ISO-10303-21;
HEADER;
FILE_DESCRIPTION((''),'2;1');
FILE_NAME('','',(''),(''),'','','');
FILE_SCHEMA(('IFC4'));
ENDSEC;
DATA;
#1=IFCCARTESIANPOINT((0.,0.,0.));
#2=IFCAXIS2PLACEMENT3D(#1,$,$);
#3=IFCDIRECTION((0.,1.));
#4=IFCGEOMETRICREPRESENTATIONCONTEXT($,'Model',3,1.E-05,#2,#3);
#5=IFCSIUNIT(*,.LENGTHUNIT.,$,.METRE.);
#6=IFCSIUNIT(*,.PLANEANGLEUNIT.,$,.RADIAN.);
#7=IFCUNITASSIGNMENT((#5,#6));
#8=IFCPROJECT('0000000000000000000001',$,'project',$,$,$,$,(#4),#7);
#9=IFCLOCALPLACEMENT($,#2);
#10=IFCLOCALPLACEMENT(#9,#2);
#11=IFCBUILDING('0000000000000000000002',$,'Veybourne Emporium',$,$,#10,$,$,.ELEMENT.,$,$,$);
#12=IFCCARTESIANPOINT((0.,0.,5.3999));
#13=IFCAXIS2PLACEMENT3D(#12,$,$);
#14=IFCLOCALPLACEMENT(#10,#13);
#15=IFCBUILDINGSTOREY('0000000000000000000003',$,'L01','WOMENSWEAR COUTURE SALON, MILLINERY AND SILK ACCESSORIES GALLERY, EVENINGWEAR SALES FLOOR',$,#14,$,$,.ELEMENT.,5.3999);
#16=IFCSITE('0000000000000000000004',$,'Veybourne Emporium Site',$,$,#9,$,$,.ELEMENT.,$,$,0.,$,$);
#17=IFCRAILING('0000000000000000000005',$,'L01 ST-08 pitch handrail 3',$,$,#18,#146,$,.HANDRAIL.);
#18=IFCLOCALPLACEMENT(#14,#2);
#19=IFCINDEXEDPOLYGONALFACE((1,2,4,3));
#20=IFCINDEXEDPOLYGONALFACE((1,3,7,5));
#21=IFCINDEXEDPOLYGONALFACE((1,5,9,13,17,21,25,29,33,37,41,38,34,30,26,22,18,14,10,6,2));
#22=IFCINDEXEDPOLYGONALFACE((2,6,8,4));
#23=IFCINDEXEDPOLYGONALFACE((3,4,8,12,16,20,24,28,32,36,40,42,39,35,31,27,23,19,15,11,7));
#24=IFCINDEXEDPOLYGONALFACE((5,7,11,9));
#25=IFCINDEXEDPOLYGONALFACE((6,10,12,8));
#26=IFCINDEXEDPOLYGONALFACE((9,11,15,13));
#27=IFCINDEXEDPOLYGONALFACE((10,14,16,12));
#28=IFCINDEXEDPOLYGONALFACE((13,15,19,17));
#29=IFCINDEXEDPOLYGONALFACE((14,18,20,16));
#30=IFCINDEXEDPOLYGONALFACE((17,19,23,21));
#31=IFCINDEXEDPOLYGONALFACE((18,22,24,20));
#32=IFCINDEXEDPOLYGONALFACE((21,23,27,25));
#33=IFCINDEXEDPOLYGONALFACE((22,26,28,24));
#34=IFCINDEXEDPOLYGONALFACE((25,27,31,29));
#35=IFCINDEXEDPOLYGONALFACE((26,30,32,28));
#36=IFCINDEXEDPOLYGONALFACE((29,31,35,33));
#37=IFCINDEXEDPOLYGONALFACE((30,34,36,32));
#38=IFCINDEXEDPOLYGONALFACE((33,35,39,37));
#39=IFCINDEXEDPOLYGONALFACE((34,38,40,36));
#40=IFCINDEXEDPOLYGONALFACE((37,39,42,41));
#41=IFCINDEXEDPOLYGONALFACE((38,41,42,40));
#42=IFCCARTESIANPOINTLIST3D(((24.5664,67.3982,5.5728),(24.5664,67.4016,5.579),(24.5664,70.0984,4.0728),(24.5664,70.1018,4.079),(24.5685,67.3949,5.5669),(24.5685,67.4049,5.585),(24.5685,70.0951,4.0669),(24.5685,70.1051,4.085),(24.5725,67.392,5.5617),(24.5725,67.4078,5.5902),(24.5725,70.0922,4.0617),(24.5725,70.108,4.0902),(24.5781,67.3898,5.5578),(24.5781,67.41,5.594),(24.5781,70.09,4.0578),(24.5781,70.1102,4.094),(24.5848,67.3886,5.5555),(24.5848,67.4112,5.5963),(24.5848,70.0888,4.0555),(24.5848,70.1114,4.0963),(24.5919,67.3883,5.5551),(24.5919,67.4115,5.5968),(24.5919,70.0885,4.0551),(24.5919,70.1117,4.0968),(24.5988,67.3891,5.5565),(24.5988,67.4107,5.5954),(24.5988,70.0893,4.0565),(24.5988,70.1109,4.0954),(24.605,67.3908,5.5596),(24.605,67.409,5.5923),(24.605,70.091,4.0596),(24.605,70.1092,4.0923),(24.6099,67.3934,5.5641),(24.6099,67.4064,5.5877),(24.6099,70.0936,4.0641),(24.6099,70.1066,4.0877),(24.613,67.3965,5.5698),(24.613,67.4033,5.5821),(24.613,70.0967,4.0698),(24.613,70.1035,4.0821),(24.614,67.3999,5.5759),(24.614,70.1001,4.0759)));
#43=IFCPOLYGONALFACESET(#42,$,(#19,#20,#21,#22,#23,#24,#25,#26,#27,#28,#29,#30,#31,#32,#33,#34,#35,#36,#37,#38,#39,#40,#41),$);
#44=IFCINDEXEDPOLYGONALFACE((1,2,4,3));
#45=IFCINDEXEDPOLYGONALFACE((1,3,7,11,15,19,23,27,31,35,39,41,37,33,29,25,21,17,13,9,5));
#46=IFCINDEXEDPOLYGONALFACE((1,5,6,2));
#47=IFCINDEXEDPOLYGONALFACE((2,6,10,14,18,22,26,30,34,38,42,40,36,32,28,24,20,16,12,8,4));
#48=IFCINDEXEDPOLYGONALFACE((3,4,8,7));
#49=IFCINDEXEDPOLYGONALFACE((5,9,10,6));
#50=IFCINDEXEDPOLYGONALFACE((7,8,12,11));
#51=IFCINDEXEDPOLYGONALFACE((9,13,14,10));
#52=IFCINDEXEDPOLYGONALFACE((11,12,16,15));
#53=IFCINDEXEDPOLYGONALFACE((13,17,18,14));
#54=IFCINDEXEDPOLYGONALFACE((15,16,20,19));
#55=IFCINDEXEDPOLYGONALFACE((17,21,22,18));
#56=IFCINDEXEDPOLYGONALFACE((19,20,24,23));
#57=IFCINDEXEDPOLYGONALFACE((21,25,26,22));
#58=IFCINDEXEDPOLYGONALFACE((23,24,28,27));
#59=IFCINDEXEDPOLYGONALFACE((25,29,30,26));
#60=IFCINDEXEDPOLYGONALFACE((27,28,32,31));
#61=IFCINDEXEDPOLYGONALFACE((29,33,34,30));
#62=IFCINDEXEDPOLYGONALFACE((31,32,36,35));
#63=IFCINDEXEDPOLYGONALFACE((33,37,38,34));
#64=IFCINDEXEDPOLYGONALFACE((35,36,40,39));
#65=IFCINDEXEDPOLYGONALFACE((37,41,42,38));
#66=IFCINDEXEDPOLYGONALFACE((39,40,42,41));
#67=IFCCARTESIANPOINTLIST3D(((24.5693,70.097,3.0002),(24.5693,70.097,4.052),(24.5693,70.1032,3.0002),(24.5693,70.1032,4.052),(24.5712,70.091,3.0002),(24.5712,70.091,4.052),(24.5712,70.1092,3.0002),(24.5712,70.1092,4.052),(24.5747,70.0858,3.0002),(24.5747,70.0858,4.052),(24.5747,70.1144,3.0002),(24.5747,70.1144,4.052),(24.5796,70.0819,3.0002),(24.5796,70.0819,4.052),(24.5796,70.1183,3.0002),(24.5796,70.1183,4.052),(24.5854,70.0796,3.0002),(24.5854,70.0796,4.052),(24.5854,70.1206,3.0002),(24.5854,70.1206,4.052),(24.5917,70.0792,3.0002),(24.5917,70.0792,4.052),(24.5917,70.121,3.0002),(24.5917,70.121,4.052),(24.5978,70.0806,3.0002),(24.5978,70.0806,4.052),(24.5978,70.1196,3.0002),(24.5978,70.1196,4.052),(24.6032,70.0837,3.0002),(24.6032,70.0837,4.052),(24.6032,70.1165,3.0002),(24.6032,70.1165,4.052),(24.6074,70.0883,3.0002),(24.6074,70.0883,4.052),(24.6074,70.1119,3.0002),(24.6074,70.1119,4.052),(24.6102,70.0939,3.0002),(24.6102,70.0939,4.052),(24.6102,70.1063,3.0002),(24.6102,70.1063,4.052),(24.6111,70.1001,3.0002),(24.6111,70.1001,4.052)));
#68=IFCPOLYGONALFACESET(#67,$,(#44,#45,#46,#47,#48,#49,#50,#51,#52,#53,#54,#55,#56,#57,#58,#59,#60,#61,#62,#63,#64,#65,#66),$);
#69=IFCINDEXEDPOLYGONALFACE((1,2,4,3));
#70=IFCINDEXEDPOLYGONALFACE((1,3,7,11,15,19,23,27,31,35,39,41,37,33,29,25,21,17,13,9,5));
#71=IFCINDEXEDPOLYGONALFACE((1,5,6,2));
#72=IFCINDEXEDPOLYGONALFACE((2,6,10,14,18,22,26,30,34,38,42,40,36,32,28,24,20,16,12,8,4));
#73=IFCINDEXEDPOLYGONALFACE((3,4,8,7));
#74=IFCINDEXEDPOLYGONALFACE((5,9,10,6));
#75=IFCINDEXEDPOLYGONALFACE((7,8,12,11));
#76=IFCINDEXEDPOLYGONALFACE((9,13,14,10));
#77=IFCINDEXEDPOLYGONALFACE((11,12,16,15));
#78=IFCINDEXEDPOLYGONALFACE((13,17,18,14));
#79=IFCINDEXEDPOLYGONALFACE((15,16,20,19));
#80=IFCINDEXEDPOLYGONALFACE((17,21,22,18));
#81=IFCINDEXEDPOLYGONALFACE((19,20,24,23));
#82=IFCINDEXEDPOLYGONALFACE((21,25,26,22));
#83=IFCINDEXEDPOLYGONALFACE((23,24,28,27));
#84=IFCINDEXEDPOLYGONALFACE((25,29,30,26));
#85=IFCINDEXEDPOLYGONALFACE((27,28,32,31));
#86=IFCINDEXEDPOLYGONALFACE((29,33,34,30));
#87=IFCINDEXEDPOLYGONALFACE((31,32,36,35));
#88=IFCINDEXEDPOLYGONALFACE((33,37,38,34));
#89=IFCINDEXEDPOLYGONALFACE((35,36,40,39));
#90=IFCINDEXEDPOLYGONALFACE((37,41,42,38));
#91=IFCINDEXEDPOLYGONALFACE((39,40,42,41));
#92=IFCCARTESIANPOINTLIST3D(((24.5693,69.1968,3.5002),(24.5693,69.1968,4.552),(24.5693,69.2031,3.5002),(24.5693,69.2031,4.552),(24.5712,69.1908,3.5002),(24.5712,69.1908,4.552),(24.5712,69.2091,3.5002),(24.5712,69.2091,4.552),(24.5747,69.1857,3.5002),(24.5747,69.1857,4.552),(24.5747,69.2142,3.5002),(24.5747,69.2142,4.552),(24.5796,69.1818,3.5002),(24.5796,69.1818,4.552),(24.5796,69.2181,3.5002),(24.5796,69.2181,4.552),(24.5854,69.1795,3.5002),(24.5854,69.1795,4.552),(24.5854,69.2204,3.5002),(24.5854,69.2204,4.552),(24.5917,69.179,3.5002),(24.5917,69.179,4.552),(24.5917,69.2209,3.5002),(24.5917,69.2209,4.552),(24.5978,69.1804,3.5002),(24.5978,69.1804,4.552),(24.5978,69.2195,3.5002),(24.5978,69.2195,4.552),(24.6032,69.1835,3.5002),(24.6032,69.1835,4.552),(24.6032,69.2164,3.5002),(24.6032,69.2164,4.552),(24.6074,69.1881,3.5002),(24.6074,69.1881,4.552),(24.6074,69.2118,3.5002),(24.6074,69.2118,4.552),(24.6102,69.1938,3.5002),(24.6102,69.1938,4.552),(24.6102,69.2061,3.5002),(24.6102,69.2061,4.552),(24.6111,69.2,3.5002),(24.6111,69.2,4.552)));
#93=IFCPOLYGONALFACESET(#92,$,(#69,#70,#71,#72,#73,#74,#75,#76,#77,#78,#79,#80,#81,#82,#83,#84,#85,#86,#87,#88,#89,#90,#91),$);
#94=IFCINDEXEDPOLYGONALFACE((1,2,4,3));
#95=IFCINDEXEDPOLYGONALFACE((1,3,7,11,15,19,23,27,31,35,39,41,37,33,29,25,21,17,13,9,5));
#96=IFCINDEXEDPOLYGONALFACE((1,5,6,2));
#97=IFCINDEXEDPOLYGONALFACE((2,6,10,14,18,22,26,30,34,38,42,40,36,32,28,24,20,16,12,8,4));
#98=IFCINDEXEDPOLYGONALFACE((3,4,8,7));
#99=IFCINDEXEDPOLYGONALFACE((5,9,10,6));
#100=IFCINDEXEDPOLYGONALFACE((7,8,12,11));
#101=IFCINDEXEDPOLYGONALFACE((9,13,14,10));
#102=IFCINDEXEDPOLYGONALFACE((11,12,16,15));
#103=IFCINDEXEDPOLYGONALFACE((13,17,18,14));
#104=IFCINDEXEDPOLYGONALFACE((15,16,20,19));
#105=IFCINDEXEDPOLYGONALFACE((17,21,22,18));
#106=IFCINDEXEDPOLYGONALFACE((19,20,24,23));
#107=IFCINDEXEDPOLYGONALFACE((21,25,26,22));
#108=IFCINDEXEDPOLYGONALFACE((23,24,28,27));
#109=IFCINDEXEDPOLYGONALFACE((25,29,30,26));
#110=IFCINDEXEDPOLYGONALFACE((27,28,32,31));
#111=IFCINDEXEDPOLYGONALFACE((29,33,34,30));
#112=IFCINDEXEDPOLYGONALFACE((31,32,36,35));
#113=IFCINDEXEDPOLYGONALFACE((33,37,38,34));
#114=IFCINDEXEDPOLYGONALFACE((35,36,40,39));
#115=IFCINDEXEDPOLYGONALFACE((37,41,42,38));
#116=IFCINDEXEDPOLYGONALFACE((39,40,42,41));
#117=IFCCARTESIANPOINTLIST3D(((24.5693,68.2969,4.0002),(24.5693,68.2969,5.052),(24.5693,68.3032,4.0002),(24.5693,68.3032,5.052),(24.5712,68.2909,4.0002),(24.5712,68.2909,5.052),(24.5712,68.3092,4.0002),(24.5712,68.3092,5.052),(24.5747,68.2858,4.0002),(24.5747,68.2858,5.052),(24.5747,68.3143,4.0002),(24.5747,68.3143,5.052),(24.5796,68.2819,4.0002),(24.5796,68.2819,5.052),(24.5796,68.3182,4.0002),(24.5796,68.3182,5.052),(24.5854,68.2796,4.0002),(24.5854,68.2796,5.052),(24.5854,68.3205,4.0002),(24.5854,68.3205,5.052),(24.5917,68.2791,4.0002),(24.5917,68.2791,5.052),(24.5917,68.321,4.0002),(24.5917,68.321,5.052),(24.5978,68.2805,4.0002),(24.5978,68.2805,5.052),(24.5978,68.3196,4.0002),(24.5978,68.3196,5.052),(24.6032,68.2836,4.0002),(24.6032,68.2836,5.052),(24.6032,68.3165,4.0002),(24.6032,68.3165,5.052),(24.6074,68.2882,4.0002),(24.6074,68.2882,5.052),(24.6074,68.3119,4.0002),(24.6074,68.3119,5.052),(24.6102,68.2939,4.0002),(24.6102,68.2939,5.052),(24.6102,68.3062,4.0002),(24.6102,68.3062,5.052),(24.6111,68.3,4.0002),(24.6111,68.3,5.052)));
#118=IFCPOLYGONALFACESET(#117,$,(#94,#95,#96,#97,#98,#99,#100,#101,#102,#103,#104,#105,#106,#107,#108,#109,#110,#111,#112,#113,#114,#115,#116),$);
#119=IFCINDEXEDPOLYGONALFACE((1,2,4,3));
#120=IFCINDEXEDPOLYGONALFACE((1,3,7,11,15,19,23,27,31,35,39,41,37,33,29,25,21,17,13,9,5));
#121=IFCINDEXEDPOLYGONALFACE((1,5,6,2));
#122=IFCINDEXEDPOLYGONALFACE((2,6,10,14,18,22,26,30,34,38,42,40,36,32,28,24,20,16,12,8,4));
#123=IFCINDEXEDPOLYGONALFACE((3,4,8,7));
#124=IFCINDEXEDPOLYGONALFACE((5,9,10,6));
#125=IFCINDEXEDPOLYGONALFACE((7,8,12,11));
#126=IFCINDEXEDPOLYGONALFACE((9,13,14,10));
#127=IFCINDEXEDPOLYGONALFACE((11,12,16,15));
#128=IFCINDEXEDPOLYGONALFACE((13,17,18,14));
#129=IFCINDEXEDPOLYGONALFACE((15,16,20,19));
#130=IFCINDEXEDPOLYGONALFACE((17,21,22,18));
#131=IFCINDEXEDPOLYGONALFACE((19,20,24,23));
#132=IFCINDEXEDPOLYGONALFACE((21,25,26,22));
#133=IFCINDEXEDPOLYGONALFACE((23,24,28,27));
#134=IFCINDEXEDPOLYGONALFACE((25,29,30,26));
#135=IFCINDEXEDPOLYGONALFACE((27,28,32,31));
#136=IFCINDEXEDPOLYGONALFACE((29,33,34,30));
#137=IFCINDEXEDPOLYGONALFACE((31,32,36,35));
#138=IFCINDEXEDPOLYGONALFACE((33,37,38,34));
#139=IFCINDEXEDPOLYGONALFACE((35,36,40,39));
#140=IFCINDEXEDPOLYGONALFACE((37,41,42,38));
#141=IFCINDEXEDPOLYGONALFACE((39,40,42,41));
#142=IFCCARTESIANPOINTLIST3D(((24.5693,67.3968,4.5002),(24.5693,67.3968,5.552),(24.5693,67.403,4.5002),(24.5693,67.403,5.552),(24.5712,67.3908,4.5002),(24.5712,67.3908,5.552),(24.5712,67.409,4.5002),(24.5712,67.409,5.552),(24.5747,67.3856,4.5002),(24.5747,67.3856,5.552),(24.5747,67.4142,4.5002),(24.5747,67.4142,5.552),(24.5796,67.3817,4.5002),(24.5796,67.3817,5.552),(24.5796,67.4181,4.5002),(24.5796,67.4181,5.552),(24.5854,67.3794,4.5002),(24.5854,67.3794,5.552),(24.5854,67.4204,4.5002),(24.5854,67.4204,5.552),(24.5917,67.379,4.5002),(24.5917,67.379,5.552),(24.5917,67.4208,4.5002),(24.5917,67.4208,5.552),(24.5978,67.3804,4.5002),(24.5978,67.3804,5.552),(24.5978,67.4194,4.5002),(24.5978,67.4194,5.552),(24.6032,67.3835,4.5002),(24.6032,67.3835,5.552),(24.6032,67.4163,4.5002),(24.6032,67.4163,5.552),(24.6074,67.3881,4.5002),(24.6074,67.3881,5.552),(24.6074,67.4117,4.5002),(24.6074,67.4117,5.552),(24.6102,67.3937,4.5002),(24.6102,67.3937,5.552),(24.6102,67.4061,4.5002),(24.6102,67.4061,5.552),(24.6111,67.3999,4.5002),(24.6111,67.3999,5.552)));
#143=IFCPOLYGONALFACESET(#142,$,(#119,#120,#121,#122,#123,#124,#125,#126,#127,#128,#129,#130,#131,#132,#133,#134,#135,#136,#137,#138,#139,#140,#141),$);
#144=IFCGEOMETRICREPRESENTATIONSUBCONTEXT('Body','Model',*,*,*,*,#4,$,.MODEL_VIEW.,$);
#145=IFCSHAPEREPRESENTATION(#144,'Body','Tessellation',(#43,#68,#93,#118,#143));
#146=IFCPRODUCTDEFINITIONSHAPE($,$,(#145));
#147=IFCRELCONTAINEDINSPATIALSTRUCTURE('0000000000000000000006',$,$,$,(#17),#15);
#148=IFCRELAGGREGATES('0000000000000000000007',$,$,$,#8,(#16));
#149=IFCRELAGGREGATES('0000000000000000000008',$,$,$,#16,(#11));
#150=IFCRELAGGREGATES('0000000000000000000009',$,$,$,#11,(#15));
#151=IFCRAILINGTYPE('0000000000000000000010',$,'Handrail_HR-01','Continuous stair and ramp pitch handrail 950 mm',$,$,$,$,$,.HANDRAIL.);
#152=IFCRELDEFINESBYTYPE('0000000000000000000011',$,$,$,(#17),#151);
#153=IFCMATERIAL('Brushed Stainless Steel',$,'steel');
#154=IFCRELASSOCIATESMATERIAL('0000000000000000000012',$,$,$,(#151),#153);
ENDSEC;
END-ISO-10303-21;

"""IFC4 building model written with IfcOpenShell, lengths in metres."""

from ifc_helpers import new_model, si_unit, direction, frame, origin, origin_2d, place, context, subcontext, project, spatial, circle, extrude, material, type_object, element, save


model = new_model("IFC4")

# Units and contexts
model_context = context("Model", 3, precision=1e-05, world=origin(), true_north=direction((0.0, 1.0)))
body_context = subcontext(model_context, "Body", "Model", "MODEL_VIEW")
ifc_project = project(units=[si_unit("LENGTHUNIT", "METRE"), si_unit("PLANEANGLEUNIT", "RADIAN")], contexts=[model_context])

# Site, building, storey
site_placement = place(None, origin())
site = spatial("IfcSite", under=ifc_project, at=site_placement, Name="Veybourne Emporium Site", CompositionType="ELEMENT", RefElevation=0.0)
building_placement = place(site_placement, origin())
building = spatial("IfcBuilding", under=site, at=building_placement, Name="Veybourne Emporium", CompositionType="ELEMENT")
storey_placement = place(building_placement, frame((0.0, 0.0, 5.3999)))
storey = spatial("IfcBuildingStorey", under=building, at=storey_placement, Name="L01", Description="WOMENSWEAR COUTURE SALON, MILLINERY AND SILK ACCESSORIES GALLERY, EVENINGWEAR SALES FLOOR", CompositionType="ELEMENT", Elevation=5.3999)

# Railing
ifc_material_1 = material(Name="Brushed Stainless Steel", Category="steel")
railing_type_1 = type_object("IfcRailingType", Name="Handrail_HR-01", Description="Continuous stair and ramp pitch handrail 950 mm", PredefinedType="HANDRAIL", material=ifc_material_1)
railing_1_placement = place(storey_placement, frame((24.5901, 70.1001, 3.1501)))
element("IfcRailing", 1, at=railing_1_placement, inside=storey, type_object=railing_type_1, Name="L01 ST-08 pitch handrail 3", PredefinedType="HANDRAIL", context=body_context, shape_type="SweptSolid", body=[
    extrude(circle(Radius=0.0239, at=origin_2d()), frame((0.0, 0.0, 0.9258), z_axis=(0.0, -0.874172, 0.485616), x_axis=(1.0, 0.0, 0.0)), (0.0, 0.0, 1.0), 3.0889),
    extrude(circle(Radius=0.021, at=origin_2d()), frame((0.0, 0.0, -0.1499)), (0.0, 0.0, 1.0), 1.0518),
    extrude(circle(Radius=0.021, at=origin_2d()), frame((0.0, -0.9001, 0.3501)), (0.0, 0.0, 1.0), 1.0518),
    extrude(circle(Radius=0.021, at=origin_2d()), frame((0.0, -1.8, 0.8501)), (0.0, 0.0, 1.0), 1.0518),
    extrude(circle(Radius=0.021, at=origin_2d()), frame((0.0, -2.7002, 1.3501)), (0.0, 0.0, 1.0), 1.0518),
])

save(model, "model.ifc")
